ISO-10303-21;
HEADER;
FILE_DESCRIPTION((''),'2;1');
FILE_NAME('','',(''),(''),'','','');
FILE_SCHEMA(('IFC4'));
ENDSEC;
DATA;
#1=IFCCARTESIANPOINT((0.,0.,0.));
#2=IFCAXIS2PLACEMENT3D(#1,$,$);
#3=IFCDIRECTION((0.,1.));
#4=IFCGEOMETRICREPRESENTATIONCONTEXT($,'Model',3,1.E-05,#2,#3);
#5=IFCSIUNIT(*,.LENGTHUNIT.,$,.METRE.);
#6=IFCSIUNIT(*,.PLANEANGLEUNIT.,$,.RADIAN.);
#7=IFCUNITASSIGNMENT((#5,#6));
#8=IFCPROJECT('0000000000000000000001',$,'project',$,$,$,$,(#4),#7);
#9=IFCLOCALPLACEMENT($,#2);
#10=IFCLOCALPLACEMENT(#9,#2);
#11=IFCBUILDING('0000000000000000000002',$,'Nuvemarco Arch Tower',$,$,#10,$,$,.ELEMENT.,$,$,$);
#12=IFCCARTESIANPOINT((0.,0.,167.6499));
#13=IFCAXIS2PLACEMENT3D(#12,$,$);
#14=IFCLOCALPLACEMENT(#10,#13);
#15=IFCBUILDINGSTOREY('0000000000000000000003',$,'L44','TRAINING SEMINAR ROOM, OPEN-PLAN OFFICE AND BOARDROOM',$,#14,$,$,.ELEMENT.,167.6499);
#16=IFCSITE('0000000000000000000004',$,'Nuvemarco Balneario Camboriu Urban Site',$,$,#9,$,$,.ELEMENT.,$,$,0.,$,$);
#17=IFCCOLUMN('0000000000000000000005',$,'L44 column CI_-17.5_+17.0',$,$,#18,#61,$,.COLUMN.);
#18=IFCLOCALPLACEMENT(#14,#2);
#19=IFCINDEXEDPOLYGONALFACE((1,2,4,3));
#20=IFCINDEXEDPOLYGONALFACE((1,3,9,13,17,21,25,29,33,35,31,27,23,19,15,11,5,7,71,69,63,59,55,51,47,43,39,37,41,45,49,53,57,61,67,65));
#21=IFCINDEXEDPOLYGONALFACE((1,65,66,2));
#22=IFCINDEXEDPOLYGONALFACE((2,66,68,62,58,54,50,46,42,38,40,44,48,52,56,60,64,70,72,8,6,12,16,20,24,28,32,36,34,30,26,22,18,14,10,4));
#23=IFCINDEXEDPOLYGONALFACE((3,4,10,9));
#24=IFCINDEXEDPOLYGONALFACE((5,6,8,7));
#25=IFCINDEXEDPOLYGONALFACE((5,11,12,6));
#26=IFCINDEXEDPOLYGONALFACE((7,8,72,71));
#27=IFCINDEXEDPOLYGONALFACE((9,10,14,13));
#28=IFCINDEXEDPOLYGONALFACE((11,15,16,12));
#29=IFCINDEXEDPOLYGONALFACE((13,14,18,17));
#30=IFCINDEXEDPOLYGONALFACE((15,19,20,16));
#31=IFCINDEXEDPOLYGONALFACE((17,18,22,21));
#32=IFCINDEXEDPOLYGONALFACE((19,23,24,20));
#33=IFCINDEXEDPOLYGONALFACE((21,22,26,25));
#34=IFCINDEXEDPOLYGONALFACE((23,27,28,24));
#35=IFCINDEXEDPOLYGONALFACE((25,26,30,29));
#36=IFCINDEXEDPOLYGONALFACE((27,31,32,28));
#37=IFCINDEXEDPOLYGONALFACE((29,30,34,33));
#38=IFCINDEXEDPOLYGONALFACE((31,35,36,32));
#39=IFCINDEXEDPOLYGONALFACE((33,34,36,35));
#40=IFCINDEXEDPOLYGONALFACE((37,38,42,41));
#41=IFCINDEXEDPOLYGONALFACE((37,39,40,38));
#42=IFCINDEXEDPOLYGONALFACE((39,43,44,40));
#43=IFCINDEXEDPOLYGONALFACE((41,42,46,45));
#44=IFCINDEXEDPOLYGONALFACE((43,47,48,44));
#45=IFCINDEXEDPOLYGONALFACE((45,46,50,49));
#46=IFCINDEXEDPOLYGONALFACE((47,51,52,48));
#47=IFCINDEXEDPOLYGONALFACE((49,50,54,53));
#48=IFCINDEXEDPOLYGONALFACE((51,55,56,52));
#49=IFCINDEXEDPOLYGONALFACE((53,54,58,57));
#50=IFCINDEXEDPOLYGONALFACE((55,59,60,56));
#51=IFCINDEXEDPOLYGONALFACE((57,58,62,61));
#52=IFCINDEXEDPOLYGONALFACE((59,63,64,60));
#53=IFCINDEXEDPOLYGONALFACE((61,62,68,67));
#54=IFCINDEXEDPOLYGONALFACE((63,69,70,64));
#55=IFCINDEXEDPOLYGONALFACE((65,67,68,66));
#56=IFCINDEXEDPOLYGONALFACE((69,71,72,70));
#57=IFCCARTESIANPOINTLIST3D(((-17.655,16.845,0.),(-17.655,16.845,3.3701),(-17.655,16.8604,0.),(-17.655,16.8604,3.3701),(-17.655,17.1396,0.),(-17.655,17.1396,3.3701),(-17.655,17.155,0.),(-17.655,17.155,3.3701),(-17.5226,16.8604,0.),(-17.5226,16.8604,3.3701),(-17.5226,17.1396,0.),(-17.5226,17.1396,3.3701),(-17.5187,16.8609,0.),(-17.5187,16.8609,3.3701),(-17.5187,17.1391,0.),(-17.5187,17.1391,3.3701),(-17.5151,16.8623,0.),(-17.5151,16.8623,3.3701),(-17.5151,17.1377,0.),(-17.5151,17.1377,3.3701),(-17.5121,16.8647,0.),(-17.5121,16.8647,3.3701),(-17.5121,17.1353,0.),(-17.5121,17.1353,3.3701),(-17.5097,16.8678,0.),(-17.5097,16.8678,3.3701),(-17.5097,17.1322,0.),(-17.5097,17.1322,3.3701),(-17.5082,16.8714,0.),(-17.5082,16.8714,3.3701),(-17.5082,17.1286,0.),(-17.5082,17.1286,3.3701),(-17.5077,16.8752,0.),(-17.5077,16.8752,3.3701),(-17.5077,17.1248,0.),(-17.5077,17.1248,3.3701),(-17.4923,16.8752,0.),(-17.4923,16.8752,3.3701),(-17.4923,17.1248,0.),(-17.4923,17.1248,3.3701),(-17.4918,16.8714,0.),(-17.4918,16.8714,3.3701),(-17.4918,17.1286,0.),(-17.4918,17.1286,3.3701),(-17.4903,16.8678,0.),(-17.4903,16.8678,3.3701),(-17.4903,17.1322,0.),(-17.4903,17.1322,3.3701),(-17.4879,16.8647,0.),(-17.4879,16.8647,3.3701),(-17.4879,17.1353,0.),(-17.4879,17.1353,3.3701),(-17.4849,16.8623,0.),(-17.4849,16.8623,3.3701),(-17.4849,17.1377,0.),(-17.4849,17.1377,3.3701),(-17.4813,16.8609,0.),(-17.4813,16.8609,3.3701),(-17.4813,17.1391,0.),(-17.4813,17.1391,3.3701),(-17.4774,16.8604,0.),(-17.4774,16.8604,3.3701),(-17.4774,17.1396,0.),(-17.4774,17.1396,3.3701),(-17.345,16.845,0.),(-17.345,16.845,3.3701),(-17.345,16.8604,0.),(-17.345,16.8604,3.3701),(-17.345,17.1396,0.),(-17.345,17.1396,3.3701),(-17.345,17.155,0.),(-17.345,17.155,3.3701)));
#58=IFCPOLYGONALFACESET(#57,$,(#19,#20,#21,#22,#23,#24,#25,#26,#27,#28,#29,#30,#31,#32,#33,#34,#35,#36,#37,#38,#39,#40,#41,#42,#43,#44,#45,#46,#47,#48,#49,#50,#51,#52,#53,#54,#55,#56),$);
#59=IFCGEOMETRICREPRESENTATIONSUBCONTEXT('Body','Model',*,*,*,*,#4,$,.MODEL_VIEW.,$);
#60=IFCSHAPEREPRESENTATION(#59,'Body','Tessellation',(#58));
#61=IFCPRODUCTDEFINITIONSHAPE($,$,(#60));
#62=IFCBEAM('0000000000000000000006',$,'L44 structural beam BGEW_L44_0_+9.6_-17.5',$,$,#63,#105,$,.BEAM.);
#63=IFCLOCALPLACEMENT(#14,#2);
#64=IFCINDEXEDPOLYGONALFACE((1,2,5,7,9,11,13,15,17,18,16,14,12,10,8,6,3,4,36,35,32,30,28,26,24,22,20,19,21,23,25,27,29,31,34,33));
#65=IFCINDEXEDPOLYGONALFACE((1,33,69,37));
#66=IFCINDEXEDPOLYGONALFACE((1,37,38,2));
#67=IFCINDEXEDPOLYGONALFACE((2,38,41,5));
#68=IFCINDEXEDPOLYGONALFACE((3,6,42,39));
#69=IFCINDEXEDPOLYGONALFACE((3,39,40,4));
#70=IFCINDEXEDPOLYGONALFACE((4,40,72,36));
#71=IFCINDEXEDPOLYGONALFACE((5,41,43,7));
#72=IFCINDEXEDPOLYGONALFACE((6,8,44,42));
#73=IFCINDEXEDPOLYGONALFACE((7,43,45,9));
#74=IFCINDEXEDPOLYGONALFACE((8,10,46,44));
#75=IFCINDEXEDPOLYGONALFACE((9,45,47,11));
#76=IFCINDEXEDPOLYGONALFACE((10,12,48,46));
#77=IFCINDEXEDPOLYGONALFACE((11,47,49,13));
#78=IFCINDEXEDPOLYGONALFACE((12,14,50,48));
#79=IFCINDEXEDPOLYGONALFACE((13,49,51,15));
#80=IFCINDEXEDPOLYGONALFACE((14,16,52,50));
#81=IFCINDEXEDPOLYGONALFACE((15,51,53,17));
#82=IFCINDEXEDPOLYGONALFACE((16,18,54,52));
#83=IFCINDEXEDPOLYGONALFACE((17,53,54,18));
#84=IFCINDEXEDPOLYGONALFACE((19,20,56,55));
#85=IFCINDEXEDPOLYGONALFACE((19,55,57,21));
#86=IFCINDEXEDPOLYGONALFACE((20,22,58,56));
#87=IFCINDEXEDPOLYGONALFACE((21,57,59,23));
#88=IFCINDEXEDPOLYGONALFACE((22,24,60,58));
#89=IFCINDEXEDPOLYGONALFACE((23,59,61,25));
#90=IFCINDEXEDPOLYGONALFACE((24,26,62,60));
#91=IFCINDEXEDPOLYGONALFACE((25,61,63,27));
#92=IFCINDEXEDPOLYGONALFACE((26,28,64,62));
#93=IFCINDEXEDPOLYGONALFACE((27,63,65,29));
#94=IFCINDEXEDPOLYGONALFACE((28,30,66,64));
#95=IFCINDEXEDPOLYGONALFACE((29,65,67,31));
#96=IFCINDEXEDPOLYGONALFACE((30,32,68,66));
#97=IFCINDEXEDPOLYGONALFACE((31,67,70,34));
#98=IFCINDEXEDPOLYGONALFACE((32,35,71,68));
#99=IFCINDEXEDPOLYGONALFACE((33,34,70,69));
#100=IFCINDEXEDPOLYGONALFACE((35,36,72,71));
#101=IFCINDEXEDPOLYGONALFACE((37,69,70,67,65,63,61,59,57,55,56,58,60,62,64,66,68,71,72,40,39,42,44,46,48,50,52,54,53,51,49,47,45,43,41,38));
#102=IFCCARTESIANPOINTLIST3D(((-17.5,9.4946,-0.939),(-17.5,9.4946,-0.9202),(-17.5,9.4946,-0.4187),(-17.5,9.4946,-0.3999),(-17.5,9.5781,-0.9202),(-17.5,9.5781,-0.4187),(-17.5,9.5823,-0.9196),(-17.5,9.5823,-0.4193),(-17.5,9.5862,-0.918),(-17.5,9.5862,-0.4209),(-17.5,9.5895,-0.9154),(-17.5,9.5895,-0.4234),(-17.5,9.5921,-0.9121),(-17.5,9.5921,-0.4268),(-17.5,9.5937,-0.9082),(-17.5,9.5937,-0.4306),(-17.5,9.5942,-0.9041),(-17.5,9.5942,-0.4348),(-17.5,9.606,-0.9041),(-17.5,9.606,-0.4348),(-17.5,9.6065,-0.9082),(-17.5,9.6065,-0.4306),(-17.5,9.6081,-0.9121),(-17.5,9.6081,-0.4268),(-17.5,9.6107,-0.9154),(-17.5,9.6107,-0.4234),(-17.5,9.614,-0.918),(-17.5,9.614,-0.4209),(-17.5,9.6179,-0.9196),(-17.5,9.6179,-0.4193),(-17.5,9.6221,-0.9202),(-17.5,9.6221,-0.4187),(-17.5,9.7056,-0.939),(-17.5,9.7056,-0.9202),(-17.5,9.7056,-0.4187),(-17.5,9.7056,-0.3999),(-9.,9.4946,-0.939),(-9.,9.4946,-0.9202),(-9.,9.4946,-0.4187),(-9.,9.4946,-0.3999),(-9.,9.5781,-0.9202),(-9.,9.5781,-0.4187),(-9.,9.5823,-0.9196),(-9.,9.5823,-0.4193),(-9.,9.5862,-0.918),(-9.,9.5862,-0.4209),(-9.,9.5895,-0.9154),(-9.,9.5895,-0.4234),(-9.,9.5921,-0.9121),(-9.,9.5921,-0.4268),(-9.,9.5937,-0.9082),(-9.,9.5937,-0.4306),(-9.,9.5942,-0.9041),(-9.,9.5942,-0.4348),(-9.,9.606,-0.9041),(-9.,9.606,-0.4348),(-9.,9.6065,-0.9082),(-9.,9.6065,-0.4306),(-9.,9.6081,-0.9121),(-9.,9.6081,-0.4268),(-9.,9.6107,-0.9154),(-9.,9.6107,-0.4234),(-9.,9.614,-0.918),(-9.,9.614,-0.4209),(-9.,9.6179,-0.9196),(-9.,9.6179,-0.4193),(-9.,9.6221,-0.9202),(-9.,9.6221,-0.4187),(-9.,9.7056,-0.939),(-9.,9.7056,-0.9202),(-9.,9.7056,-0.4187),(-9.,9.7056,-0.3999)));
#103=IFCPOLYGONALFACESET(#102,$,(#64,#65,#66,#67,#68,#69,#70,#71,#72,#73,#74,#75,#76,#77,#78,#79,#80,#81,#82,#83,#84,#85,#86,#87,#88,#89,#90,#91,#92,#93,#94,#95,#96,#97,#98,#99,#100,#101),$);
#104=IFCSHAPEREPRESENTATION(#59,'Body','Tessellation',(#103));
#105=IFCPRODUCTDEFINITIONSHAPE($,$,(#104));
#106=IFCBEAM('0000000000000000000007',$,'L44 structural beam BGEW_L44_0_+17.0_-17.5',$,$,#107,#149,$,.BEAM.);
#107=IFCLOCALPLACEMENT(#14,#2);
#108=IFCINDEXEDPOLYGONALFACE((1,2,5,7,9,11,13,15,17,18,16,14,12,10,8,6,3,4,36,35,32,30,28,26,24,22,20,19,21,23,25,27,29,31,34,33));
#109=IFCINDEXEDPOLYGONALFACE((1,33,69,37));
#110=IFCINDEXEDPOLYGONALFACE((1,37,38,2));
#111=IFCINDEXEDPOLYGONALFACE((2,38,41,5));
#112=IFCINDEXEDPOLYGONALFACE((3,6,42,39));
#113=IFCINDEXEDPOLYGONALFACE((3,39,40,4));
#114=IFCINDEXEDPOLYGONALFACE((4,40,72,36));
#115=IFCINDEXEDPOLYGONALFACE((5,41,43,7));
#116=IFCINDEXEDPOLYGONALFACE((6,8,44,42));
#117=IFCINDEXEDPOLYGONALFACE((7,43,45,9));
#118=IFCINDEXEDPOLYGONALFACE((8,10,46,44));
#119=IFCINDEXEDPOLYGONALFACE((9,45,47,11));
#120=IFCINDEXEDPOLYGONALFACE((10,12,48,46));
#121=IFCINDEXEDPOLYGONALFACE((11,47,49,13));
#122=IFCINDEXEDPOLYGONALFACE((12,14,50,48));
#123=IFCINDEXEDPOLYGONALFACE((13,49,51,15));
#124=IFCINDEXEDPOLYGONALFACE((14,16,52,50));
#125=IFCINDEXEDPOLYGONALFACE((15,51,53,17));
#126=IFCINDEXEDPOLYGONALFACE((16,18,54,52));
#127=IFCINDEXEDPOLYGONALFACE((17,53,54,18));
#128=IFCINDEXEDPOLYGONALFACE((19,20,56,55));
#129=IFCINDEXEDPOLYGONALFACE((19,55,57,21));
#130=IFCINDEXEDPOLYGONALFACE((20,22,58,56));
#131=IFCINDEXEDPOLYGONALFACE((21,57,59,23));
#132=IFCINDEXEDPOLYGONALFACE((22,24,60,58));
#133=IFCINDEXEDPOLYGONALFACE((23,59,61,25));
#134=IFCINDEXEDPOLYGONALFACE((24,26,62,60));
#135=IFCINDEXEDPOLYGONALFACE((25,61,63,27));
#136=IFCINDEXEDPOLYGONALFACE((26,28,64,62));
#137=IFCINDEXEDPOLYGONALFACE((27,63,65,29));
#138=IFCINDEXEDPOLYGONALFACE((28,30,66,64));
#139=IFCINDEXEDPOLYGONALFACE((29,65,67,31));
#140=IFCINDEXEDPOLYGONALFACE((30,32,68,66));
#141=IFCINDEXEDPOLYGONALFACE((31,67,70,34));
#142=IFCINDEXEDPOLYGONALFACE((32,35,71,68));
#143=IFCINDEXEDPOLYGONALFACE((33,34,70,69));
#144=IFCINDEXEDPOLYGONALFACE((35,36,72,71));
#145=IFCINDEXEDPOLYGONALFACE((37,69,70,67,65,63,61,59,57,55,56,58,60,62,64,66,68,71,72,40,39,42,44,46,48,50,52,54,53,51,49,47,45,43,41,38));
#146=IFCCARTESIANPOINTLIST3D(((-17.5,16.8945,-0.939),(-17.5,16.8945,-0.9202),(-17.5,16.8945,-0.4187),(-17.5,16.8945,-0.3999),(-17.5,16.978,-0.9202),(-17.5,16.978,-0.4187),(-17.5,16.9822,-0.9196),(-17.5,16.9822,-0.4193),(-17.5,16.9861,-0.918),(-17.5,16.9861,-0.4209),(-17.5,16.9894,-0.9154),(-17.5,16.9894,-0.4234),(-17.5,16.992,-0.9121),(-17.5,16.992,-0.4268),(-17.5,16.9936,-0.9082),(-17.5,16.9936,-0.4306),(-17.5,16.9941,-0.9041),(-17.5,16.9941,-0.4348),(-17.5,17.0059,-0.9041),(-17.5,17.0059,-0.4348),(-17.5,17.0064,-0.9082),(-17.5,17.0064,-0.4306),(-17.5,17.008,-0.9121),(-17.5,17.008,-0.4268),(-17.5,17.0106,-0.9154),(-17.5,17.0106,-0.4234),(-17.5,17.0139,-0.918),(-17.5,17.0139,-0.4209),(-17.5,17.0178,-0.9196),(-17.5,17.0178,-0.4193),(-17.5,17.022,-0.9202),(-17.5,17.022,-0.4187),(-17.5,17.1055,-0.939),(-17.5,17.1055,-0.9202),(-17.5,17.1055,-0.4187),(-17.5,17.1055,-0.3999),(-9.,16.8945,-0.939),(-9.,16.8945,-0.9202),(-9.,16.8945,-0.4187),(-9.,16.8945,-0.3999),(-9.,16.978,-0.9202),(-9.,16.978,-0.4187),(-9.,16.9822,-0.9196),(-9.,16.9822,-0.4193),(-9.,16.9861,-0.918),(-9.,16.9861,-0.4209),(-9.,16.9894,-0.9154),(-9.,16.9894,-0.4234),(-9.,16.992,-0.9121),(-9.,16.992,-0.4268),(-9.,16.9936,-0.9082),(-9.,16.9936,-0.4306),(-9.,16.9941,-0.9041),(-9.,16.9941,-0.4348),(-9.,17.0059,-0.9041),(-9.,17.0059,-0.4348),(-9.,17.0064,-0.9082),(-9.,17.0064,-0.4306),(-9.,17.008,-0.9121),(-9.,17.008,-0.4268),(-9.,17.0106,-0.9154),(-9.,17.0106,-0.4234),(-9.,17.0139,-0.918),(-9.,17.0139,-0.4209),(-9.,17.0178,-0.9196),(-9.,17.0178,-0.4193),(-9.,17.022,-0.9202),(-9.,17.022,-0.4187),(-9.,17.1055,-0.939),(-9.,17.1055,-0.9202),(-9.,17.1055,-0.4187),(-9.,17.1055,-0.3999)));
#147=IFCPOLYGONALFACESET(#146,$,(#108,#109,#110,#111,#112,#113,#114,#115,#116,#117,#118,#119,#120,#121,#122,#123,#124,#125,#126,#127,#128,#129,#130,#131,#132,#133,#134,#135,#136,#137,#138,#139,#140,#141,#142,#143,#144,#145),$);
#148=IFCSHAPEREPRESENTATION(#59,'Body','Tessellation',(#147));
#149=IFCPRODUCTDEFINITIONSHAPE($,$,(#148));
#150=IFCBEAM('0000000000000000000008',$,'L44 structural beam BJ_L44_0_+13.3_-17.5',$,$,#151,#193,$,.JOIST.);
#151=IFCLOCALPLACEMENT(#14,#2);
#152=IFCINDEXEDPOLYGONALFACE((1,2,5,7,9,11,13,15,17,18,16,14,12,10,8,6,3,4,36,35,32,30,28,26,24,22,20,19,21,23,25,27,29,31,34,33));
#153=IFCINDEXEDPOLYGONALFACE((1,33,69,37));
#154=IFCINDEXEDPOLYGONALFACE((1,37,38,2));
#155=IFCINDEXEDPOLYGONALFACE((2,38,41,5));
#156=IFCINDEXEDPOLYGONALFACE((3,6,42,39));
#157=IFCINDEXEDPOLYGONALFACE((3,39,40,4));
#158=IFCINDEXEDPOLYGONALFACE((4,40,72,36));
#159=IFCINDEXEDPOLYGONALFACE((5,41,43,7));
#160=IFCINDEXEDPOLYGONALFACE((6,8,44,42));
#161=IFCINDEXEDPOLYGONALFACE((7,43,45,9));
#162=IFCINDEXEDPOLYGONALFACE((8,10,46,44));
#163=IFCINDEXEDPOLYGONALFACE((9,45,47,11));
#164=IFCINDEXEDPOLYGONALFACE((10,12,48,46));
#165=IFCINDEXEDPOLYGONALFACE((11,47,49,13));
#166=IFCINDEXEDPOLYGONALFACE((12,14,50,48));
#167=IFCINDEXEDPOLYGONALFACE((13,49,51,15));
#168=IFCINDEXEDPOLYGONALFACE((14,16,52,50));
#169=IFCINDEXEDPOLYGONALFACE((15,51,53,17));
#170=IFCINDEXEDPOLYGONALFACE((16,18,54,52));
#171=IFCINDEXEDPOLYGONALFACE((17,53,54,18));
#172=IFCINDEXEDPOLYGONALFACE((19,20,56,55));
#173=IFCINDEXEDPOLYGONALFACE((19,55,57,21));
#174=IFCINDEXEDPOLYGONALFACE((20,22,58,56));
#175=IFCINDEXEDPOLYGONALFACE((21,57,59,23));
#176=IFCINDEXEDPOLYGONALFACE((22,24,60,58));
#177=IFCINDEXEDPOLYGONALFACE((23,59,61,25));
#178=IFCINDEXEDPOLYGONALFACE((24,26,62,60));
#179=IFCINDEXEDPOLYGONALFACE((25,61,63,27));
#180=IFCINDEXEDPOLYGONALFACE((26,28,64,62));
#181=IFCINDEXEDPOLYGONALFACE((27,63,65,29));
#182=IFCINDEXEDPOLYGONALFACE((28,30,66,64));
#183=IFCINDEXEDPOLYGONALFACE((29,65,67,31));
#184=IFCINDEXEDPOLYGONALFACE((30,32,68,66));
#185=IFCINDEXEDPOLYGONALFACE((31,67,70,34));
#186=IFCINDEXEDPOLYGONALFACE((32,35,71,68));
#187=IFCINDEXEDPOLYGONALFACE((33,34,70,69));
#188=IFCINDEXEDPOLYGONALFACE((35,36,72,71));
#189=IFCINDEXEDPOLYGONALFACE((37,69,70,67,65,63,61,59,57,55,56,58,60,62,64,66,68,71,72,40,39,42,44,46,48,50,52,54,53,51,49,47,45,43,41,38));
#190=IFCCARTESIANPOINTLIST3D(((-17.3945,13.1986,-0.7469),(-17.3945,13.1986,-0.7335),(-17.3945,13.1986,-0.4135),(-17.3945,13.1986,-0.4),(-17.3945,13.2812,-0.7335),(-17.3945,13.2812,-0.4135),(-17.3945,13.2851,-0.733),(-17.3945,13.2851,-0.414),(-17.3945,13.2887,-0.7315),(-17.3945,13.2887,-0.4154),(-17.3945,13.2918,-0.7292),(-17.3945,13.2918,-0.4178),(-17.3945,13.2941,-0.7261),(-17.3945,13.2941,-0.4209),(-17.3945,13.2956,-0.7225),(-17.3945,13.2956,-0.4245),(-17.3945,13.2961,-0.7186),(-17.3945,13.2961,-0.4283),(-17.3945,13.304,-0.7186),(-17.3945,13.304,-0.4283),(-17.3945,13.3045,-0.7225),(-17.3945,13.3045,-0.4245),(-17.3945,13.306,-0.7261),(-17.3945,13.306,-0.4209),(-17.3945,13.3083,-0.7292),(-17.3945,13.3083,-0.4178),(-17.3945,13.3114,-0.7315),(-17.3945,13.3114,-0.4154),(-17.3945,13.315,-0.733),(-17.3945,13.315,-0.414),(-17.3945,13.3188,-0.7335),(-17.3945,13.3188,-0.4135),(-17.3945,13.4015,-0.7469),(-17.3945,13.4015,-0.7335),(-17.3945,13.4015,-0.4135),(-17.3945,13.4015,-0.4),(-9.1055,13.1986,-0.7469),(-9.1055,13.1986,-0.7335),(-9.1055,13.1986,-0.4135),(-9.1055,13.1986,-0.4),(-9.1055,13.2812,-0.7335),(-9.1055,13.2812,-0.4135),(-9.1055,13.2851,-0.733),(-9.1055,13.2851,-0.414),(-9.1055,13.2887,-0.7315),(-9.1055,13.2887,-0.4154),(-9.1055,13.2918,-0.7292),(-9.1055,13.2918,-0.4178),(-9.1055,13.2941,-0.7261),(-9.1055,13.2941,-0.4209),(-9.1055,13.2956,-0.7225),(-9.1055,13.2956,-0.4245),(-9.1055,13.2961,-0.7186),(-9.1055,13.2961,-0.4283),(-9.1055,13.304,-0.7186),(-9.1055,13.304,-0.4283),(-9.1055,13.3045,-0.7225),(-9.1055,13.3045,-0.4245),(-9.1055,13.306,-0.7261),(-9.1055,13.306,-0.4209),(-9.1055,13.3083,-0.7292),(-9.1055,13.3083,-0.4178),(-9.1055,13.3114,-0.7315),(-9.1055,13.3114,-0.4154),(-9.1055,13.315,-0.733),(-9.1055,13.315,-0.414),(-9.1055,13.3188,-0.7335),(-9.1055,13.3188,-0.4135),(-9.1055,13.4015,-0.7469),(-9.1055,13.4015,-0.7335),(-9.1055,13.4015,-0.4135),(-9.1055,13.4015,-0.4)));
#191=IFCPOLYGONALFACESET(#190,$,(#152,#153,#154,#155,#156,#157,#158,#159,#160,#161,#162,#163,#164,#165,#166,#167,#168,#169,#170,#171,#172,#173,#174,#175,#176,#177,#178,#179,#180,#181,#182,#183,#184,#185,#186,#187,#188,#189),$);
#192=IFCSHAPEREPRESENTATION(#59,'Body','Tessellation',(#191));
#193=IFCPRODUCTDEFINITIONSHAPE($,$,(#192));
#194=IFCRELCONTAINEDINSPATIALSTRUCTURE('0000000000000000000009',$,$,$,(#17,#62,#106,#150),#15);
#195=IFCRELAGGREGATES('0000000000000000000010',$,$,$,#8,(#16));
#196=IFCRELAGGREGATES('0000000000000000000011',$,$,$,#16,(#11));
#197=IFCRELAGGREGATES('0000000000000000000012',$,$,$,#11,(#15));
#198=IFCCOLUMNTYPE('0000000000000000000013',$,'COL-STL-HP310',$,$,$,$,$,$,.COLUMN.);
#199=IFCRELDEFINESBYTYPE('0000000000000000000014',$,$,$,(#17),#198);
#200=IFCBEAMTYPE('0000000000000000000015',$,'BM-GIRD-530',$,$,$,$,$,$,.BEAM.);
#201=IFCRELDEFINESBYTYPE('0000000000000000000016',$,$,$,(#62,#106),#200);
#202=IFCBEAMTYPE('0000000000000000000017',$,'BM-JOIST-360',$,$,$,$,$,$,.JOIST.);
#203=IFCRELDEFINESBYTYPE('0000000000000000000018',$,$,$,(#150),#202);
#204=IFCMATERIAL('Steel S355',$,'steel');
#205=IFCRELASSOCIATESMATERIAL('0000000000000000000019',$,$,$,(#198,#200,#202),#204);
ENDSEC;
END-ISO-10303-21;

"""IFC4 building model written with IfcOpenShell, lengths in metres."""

from ifc_helpers import new_model, si_unit, direction, frame, origin, origin_2d, place, context, subcontext, project, spatial, i_section, extrude, material, material_profile, profile_set, type_object, element, save


model = new_model("IFC4")

# Units and contexts
model_context = context("Model", 3, precision=1e-05, world=origin(), true_north=direction((0.0, 1.0)))
body_context = subcontext(model_context, "Body", "Model", "MODEL_VIEW")
ifc_project = project(units=[si_unit("LENGTHUNIT", "METRE"), si_unit("PLANEANGLEUNIT", "RADIAN")], contexts=[model_context])

# Site, building, storey
site_placement = place(None, origin())
site = spatial("IfcSite", under=ifc_project, at=site_placement, Name="Nuvemarco Balneario Camboriu Urban Site", CompositionType="ELEMENT", RefElevation=0.0)
building_placement = place(site_placement, origin())
building = spatial("IfcBuilding", under=site, at=building_placement, Name="Nuvemarco Arch Tower", CompositionType="ELEMENT")
storey_placement = place(building_placement, frame((0.0, 0.0, 167.6499)))
storey = spatial("IfcBuildingStorey", under=building, at=storey_placement, Name="L44", Description="TRAINING SEMINAR ROOM, OPEN-PLAN OFFICE AND BOARDROOM", CompositionType="ELEMENT", Elevation=167.6499)

# Column
ifc_material_1 = material(Name="Steel S355", Category="steel")
ifc_material_profile_1 = material_profile(ifc_material_1, i_section(OverallWidth=0.3101, OverallDepth=0.3101, WebThickness=0.0154, FlangeThickness=0.0154, FilletRadius=0.0149, at=origin_2d()), Name="HP310x110")
ifc_profile_set_1 = profile_set([ifc_material_profile_1], Name="Steel S355")
column_type = type_object("IfcColumnType", Name="COL-STL-HP310", PredefinedType="COLUMN", material=ifc_profile_set_1)
column_placement = place(storey_placement, frame((-17.5, 17.0, 0.0), z_axis=(0.0, 0.0, 1.0), x_axis=(1.0, 0.0, 0.0)))
element("IfcColumn", 1, at=column_placement, inside=storey, type_object=column_type, Name="L44 column CI_-17.5_+17.0", PredefinedType="COLUMN", context=body_context, shape_type="SweptSolid", body=[
    extrude(i_section(OverallWidth=0.3101, OverallDepth=0.3101, WebThickness=0.0154, FlangeThickness=0.0154, FilletRadius=0.0149, at=origin_2d()), origin(), (0.0, 0.0, 1.0), 3.3701),
])

# Beams
ifc_material_profile_2 = material_profile(ifc_material_1, i_section(OverallWidth=0.2109, OverallDepth=0.5391, WebThickness=0.0117, FlangeThickness=0.0188, FilletRadius=0.0161, at=origin_2d()), Name="W530x109")
ifc_profile_set_2 = profile_set([ifc_material_profile_2], Name="Steel S355")
beam_type_1 = type_object("IfcBeamType", Name="BM-GIRD-530", PredefinedType="BEAM", material=ifc_profile_set_2)
for number, where, z_axis, x_axis, name in (
    (2, (-17.5, 9.6001, -0.6694), (1.0, 0.0, 0.0), (0.0, 1.0, 0.0), "L44 structural beam BGEW_L44_0_+9.6_-17.5"),
    (3, (-17.5, 17.0, -0.6694), (1.0, 0.0, 0.0), (0.0, 1.0, 0.0), "L44 structural beam BGEW_L44_0_+17.0_-17.5"),
):
    element("IfcBeam", number, at=place(storey_placement, frame(where, z_axis=z_axis, x_axis=x_axis)), inside=storey, type_object=beam_type_1, Name=name, PredefinedType="BEAM", context=body_context, shape_type="SweptSolid", body=[
        extrude(i_section(OverallWidth=0.2109, OverallDepth=0.5391, WebThickness=0.0117, FlangeThickness=0.0188, FilletRadius=0.0161, at=origin_2d()), origin(), (0.0, 0.0, 1.0), 8.5),
    ])
ifc_material_profile_3 = material_profile(ifc_material_1, i_section(OverallWidth=0.2029, OverallDepth=0.3469, WebThickness=0.0078, FlangeThickness=0.0134, FilletRadius=0.0149, at=origin_2d()), Name="W360x64")
ifc_profile_set_3 = profile_set([ifc_material_profile_3], Name="Steel S355")
beam_type_2 = type_object("IfcBeamType", Name="BM-JOIST-360", PredefinedType="JOIST", material=ifc_profile_set_3)
beam_placement = place(storey_placement, frame((-17.3945, 13.3, -0.5735), z_axis=(1.0, 0.0, 0.0), x_axis=(0.0, 1.0, 0.0)))
element("IfcBeam", 4, at=beam_placement, inside=storey, type_object=beam_type_2, Name="L44 structural beam BJ_L44_0_+13.3_-17.5", PredefinedType="JOIST", context=body_context, shape_type="SweptSolid", body=[
    extrude(i_section(OverallWidth=0.2029, OverallDepth=0.3469, WebThickness=0.0078, FlangeThickness=0.0134, FilletRadius=0.0149, at=origin_2d()), origin(), (0.0, 0.0, 1.0), 8.2891),
])

save(model, "model.ifc")
